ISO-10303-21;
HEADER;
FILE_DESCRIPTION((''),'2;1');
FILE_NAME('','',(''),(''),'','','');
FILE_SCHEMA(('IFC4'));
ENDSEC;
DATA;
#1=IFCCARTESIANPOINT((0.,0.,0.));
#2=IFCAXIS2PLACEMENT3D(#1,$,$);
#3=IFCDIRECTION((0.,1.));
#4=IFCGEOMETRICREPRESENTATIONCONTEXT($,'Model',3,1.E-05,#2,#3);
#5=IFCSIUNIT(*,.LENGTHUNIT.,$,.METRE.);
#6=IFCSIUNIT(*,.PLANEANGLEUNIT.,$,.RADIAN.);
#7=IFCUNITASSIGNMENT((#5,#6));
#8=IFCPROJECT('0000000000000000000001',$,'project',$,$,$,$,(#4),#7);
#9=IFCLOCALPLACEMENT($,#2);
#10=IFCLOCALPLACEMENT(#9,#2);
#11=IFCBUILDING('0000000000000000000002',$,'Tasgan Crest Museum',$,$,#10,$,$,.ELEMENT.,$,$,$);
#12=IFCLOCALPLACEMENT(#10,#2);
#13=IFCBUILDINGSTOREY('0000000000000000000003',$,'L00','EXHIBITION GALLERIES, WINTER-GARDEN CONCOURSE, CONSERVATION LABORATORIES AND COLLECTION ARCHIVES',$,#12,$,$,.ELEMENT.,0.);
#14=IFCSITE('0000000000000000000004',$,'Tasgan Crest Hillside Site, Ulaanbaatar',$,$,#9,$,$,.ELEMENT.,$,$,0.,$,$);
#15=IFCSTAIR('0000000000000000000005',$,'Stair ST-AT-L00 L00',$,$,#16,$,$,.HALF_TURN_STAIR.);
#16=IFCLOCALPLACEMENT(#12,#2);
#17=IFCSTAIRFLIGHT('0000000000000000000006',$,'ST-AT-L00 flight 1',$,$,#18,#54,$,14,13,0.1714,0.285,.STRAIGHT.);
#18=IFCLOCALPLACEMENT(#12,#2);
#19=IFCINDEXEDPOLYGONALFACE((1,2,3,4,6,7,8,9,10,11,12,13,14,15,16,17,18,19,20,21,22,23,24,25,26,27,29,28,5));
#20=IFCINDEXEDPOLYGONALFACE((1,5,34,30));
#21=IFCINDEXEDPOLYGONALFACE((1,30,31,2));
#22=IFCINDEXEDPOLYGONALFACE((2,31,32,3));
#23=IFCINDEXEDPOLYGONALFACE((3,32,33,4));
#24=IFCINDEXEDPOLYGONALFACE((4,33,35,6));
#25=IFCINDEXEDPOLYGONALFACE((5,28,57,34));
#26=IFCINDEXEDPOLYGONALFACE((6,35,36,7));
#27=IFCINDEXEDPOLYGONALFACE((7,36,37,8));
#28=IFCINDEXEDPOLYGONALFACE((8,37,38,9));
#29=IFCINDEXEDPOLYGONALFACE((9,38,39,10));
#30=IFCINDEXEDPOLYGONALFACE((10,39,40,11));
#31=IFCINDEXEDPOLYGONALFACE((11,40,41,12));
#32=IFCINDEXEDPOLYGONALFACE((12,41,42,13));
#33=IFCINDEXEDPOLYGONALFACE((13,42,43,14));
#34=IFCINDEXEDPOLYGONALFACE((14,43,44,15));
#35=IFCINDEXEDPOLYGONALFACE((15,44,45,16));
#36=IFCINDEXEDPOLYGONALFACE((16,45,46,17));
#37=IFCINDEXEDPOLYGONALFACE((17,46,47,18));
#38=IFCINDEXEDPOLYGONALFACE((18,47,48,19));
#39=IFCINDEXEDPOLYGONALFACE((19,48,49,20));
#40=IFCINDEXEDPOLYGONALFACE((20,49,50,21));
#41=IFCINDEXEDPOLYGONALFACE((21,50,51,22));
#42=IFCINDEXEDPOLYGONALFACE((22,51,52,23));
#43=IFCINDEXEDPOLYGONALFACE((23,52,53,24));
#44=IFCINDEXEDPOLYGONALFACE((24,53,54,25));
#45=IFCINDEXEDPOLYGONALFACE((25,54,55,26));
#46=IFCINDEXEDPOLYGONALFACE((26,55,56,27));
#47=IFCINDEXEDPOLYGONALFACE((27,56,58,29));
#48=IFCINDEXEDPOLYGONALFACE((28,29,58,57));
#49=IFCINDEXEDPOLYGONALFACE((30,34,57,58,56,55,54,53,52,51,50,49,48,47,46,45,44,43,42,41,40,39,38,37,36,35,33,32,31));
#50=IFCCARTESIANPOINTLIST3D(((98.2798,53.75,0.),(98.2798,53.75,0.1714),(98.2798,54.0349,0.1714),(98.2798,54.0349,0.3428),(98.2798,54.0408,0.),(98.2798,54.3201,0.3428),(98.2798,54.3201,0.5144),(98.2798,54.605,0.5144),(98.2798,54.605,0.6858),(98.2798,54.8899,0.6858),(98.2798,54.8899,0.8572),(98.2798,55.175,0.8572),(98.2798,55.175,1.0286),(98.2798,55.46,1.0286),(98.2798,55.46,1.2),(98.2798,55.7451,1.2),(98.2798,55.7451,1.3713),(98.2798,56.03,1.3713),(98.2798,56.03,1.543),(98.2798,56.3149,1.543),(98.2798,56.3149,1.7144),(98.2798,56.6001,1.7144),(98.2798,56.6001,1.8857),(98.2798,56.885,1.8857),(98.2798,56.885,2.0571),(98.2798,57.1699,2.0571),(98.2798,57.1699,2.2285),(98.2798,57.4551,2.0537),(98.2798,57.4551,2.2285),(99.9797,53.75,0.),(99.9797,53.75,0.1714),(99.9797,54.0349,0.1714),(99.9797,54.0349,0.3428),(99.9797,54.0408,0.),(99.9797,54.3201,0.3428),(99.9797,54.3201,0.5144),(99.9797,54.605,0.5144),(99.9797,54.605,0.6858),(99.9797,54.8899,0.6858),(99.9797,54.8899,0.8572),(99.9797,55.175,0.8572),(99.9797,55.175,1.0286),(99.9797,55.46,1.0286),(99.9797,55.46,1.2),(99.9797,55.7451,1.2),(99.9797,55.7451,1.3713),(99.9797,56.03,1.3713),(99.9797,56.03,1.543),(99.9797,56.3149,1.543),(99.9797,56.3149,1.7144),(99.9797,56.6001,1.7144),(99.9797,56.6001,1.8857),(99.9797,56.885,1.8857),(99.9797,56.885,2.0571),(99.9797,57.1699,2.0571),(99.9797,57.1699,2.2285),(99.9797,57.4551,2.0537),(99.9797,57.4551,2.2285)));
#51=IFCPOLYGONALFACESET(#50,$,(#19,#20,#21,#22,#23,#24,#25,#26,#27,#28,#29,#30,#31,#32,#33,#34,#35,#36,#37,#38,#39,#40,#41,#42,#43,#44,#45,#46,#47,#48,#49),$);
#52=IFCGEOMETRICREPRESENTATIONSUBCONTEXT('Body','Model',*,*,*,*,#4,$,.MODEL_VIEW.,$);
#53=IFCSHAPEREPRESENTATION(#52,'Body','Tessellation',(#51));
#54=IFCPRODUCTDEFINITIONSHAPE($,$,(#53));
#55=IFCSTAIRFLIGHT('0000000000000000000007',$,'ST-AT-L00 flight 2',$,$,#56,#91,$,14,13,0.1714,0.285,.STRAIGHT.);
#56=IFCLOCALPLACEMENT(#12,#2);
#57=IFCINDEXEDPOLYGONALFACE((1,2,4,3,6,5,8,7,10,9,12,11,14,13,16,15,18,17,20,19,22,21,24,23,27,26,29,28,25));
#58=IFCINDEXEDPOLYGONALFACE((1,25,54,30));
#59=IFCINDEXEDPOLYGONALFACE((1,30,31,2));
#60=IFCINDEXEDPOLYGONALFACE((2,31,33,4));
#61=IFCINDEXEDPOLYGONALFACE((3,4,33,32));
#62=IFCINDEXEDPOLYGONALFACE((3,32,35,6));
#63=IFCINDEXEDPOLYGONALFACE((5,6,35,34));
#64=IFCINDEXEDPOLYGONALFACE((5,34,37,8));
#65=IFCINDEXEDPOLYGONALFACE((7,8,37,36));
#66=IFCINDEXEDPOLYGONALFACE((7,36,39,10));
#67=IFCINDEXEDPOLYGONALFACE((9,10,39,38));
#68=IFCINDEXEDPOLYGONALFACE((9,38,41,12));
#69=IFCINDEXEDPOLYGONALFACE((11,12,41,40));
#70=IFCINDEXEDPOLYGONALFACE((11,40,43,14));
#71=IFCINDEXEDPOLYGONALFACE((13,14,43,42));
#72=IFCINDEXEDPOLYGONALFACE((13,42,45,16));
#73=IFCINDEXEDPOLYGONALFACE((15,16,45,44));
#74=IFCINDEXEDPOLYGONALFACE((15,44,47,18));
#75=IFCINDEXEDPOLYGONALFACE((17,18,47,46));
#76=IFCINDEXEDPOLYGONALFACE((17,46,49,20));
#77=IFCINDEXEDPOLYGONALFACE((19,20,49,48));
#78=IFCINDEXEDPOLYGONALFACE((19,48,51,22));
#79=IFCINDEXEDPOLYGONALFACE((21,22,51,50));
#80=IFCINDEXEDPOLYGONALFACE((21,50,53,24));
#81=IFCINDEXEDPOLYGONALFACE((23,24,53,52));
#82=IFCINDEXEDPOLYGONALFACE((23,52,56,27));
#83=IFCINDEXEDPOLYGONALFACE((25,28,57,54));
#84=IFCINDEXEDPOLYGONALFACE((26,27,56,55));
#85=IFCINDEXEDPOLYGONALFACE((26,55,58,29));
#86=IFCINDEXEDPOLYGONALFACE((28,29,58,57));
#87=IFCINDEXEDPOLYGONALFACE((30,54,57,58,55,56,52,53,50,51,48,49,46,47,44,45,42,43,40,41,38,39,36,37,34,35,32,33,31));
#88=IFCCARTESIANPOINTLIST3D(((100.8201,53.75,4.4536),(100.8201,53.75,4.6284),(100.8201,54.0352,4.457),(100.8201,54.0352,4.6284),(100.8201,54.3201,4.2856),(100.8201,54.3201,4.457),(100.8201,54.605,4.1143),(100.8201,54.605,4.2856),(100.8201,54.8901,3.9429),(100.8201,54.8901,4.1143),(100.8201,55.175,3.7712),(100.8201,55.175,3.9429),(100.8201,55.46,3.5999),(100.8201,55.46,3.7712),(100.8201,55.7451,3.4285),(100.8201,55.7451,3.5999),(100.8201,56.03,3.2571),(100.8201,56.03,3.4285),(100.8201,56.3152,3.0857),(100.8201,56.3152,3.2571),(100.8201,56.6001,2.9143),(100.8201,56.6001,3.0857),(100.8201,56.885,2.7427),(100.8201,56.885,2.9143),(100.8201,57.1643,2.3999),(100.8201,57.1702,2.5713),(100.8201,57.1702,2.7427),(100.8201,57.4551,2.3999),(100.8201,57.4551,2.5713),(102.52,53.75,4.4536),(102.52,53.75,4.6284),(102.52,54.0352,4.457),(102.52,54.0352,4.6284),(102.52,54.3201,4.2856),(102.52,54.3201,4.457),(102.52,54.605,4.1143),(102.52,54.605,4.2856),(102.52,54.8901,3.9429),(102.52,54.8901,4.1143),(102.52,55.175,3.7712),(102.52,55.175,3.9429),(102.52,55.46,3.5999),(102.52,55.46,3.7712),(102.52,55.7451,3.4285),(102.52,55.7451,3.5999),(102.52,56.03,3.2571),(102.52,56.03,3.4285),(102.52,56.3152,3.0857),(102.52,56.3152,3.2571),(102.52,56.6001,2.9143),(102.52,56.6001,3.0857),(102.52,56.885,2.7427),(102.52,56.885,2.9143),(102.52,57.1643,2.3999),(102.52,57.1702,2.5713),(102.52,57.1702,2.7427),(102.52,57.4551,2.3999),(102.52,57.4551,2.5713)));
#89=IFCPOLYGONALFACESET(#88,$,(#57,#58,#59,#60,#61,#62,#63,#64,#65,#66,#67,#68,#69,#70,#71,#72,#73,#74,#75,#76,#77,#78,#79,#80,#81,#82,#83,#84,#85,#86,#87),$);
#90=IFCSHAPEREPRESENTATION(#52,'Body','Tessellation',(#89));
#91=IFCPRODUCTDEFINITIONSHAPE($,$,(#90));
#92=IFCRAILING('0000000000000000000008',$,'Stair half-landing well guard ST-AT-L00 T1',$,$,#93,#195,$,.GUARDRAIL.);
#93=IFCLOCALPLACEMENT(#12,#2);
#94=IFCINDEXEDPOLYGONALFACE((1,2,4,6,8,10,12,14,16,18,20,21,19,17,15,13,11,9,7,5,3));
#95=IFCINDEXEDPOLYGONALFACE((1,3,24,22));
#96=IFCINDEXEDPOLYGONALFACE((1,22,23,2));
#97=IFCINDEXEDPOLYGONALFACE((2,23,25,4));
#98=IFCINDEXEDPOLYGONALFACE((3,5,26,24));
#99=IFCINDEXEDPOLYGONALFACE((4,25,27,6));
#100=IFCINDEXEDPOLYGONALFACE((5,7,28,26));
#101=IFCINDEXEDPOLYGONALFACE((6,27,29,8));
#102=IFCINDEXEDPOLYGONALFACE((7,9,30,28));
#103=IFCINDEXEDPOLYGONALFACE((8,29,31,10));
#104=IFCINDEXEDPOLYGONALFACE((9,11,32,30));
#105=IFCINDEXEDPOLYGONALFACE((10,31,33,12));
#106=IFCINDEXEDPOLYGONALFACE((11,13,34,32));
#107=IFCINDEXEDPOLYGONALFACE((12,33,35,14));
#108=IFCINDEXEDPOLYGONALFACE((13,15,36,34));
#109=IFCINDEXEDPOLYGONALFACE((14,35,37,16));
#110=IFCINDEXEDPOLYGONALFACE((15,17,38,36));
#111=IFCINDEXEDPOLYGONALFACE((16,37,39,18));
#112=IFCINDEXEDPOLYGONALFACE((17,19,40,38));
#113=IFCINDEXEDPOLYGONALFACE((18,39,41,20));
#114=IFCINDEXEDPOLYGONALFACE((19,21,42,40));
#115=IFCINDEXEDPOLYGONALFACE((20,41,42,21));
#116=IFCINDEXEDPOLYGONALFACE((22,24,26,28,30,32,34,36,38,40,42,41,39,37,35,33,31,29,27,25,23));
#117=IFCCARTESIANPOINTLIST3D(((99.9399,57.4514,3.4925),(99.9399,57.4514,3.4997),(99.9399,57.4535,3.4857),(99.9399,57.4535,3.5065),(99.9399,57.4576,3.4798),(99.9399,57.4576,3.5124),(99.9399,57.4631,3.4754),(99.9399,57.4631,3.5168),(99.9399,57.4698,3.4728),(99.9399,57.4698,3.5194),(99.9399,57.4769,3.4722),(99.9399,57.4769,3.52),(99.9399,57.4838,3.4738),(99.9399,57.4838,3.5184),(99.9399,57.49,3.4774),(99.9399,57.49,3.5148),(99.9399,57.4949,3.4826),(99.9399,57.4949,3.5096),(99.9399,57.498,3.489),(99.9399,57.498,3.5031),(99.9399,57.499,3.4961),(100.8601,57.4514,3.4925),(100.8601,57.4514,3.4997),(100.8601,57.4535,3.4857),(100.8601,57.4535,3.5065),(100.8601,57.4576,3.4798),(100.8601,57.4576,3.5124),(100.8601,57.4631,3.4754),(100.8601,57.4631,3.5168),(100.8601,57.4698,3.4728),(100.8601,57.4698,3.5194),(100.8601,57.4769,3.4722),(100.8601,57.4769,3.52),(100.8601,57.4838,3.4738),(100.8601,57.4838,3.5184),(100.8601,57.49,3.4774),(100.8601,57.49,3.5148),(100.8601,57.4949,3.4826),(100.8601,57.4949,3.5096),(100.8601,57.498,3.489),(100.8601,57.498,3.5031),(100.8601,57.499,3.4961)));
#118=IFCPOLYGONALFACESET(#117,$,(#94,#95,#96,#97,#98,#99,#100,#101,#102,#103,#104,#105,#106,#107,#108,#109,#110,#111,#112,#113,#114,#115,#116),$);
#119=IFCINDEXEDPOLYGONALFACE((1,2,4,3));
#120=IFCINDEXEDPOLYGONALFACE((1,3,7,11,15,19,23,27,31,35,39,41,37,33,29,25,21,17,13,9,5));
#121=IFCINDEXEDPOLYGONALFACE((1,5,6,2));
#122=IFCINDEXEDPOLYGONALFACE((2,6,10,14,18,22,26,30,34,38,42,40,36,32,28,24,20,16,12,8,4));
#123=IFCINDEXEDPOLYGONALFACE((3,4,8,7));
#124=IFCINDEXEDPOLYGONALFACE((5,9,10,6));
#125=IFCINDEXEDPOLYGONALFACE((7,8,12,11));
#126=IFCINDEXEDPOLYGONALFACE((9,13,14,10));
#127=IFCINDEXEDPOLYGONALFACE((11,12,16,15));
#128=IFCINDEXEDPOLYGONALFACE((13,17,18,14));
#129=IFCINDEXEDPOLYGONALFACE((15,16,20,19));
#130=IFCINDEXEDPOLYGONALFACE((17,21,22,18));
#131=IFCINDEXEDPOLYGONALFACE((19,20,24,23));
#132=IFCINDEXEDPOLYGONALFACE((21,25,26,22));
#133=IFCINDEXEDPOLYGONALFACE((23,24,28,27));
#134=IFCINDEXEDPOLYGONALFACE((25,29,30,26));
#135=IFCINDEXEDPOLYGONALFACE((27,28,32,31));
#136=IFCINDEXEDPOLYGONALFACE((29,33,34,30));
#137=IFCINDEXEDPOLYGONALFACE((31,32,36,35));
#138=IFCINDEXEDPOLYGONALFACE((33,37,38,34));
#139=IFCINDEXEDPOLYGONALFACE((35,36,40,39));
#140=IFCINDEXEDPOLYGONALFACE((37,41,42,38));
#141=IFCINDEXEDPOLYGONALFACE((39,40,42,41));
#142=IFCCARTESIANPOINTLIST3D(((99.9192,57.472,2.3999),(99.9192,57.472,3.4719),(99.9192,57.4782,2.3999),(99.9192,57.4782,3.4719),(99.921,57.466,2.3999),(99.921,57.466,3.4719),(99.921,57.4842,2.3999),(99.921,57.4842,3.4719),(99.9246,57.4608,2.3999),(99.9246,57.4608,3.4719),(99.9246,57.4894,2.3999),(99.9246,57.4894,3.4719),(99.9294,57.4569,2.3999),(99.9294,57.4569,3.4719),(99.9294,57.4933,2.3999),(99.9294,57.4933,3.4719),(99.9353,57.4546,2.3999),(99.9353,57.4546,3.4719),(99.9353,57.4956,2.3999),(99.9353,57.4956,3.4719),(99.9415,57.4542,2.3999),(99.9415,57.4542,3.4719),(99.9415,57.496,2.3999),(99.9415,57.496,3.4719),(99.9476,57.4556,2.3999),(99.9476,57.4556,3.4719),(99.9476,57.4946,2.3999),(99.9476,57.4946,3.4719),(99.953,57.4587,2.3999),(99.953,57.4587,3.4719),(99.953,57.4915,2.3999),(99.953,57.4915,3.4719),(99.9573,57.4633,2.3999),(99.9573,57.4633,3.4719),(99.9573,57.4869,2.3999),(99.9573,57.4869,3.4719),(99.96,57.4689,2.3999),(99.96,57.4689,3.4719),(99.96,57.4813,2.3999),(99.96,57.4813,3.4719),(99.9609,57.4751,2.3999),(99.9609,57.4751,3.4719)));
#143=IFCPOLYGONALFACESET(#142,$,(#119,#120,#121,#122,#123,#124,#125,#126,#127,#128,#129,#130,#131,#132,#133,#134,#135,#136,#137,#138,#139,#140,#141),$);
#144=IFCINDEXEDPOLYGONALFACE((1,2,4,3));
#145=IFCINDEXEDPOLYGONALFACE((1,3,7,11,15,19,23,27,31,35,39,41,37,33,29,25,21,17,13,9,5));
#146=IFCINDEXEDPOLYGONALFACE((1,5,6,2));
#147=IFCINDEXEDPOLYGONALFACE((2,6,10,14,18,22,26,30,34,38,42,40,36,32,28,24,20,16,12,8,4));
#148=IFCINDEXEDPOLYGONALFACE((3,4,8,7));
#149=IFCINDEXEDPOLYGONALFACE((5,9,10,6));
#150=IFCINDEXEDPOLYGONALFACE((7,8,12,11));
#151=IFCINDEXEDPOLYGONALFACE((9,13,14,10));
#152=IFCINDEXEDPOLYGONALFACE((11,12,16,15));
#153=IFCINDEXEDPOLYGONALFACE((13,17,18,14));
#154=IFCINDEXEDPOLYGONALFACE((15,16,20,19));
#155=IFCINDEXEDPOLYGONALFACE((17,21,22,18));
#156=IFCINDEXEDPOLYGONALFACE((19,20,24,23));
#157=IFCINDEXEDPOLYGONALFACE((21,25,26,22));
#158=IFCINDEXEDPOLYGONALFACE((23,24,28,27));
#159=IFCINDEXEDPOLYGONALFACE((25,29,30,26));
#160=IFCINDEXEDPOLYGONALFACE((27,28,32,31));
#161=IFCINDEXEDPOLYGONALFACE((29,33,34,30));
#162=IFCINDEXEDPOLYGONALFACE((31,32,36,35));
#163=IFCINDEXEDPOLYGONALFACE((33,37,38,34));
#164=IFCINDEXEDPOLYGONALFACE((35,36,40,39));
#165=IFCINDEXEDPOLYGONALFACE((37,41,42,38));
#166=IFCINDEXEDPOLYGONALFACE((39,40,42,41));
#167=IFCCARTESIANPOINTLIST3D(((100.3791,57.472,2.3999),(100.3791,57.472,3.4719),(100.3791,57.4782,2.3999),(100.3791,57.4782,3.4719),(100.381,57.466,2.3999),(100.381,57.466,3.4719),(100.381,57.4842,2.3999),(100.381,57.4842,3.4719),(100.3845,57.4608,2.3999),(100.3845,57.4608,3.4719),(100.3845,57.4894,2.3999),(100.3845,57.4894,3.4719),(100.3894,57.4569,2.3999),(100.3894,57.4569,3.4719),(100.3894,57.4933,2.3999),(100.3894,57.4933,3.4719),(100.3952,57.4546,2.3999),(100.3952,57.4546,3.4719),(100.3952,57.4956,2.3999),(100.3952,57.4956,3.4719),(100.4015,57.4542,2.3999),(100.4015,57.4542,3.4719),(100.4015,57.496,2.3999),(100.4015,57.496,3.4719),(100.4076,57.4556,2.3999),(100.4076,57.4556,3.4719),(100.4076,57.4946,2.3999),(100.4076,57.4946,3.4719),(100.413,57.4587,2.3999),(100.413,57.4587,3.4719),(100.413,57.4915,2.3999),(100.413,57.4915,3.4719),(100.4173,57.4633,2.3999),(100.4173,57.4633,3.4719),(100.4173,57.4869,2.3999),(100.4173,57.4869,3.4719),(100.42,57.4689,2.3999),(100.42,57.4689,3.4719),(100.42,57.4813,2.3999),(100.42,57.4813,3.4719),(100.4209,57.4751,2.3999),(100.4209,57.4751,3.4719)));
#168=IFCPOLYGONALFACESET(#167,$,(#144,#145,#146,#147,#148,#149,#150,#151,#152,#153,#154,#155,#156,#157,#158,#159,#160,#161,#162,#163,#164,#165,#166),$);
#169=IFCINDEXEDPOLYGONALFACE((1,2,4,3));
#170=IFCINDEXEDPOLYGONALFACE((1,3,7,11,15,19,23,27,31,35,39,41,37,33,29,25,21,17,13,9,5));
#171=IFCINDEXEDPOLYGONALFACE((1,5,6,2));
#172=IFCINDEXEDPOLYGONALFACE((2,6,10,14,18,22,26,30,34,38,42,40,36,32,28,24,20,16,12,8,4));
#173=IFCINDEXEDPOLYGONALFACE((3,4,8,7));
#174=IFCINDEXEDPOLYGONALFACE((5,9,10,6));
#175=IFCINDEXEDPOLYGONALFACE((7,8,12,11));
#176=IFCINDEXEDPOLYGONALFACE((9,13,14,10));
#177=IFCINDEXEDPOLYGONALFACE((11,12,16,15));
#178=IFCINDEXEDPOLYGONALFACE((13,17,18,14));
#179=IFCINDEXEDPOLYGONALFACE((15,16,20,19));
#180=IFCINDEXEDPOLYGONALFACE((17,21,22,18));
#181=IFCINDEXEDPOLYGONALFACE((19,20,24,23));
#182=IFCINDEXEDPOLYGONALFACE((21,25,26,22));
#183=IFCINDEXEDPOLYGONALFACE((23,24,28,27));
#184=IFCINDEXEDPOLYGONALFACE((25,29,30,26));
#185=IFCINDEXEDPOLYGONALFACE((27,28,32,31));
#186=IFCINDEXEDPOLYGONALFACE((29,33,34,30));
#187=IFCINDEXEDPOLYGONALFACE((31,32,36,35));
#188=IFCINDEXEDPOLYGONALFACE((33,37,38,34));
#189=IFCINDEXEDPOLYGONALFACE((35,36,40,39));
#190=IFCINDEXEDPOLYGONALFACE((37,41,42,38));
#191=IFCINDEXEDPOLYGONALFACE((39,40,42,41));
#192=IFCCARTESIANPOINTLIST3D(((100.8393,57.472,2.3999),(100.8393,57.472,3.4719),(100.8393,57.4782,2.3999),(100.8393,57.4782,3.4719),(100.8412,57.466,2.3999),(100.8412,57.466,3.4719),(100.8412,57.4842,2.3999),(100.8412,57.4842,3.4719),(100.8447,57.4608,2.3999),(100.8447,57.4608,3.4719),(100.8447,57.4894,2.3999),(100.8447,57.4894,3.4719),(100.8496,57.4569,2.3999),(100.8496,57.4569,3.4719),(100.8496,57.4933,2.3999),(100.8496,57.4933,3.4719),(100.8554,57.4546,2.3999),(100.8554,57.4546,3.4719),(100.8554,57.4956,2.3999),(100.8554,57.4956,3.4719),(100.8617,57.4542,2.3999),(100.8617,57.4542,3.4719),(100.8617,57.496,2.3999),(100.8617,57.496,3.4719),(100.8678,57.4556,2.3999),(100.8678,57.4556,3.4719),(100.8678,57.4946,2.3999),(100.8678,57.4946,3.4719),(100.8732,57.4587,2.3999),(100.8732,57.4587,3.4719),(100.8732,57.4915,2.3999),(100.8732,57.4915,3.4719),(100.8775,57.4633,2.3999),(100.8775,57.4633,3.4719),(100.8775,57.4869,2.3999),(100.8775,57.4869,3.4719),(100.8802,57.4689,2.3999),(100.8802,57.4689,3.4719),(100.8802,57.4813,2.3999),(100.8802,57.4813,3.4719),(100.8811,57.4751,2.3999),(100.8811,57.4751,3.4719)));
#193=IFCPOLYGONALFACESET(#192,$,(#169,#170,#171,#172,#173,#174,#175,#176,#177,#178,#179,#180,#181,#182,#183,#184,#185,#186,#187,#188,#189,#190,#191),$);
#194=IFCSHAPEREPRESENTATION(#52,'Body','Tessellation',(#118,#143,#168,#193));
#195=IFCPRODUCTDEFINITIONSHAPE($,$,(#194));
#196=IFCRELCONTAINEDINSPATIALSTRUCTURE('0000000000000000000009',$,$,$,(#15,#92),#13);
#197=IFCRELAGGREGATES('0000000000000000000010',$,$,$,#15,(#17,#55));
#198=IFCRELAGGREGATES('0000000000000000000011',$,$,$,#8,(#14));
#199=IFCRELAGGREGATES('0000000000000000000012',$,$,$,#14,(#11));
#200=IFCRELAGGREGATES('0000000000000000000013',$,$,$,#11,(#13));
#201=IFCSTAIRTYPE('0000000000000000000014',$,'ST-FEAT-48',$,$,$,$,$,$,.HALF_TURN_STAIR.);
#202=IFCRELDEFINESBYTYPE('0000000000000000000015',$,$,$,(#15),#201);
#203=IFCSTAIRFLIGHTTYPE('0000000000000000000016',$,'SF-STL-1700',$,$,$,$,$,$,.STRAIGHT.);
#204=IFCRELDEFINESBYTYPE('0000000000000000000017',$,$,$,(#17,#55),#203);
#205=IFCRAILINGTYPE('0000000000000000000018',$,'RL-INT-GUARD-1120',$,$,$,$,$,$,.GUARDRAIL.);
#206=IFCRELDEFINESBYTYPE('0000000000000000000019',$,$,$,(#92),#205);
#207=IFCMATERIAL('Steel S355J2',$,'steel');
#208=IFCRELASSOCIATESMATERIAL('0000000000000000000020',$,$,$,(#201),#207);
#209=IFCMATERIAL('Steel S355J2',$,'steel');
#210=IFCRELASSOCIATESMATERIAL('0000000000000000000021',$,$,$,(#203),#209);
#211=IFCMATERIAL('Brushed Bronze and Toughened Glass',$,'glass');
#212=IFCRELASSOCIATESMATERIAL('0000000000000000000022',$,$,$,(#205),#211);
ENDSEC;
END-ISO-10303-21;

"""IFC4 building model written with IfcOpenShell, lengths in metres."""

from ifc_helpers import new_model, si_unit, direction, frame, origin, origin_2d, place, context, subcontext, project, spatial, polyline, circle, outline, extrude, material, type_object, element, aggregate, save


model = new_model("IFC4")

# Units and contexts
model_context = context("Model", 3, precision=1e-05, world=origin(), true_north=direction((0.0, 1.0)))
body_context = subcontext(model_context, "Body", "Model", "MODEL_VIEW")
ifc_project = project(units=[si_unit("LENGTHUNIT", "METRE"), si_unit("PLANEANGLEUNIT", "RADIAN")], contexts=[model_context])

# Site, building, storey
site_placement = place(None, origin())
site = spatial("IfcSite", under=ifc_project, at=site_placement, Name="Tasgan Crest Hillside Site, Ulaanbaatar", CompositionType="ELEMENT", RefElevation=0.0)
building_placement = place(site_placement, origin())
building = spatial("IfcBuilding", under=site, at=building_placement, Name="Tasgan Crest Museum", CompositionType="ELEMENT")
storey_placement = place(building_placement, origin())
storey = spatial("IfcBuildingStorey", under=building, at=storey_placement, Name="L00", Description="EXHIBITION GALLERIES, WINTER-GARDEN CONCOURSE, CONSERVATION LABORATORIES AND COLLECTION ARCHIVES", CompositionType="ELEMENT", Elevation=0.0)

# Stair, stair flights
ifc_material_1 = material(Name="Steel S355J2", Category="steel")
stair_type = type_object("IfcStairType", Name="ST-FEAT-48", PredefinedType="HALF_TURN_STAIR", material=ifc_material_1)
stair_placement = place(storey_placement, origin())
stair = element("IfcStair", 1, at=stair_placement, inside=storey, type_object=stair_type, Name="Stair ST-AT-L00 L00", PredefinedType="HALF_TURN_STAIR")
ifc_material_2 = material(Name="Steel S355J2", Category="steel")
stair_flight_type = type_object("IfcStairFlightType", Name="SF-STL-1700", PredefinedType="STRAIGHT", material=ifc_material_2)
stair_flight_1_placement = place(storey_placement, frame((99.1299, 53.75, 0.0), z_axis=(0.0, 0.0, 1.0), x_axis=(0.0, 1.0, 0.0)))
stair_flight_1 = element("IfcStairFlight", 2, at=stair_flight_1_placement, type_object=stair_flight_type, Name="ST-AT-L00 flight 1", NumberOfRisers=14, NumberOfTreads=13, PredefinedType="STRAIGHT", RiserHeight=0.1714, TreadLength=0.285, context=body_context, shape_type="SweptSolid", body=[
    extrude(outline(polyline([(0.0, 0.0), (0.0, 0.1714), (0.2849, 0.1714), (0.2849, 0.3428), (0.5701, 0.3428), (0.5701, 0.5144), (0.855, 0.5144), (0.855, 0.6858), (1.1399, 0.6858), (1.1399, 0.8572), (1.425, 0.8572), (1.425, 1.0286), (1.71, 1.0286), (1.71, 1.2), (1.9951, 1.2), (1.9951, 1.3713), (2.28, 1.3713), (2.28, 1.543), (2.5649, 1.543), (2.5649, 1.7144), (2.8501, 1.7144), (2.8501, 1.8857), (3.135, 1.8857), (3.135, 2.0571), (3.4199, 2.0571), (3.4199, 2.2285), (3.7051, 2.2285), (3.7051, 2.3999), (3.7051, 2.0537), (0.2908, 0.0), (0.0, 0.0)])), frame((0.0, 0.8501, 0.0), z_axis=(0.0, -1.0, 0.0), x_axis=(1.0, 0.0, 0.0)), (0.0, 0.0, 1.0), 1.7),
])
stair_flight_2_placement = place(storey_placement, frame((101.6699, 57.4551, 2.3999), z_axis=(0.0, 0.0, 1.0), x_axis=(0.0, -1.0, 0.0)))
stair_flight_2 = element("IfcStairFlight", 3, at=stair_flight_2_placement, type_object=stair_flight_type, Name="ST-AT-L00 flight 2", NumberOfRisers=14, NumberOfTreads=13, PredefinedType="STRAIGHT", RiserHeight=0.1714, TreadLength=0.285, context=body_context, shape_type="SweptSolid", body=[
    extrude(outline(polyline([(0.0, 0.0), (0.0, 0.1714), (0.2849, 0.1714), (0.2849, 0.3428), (0.5701, 0.3428), (0.5701, 0.5144), (0.855, 0.5144), (0.855, 0.6858), (1.1399, 0.6858), (1.1399, 0.8572), (1.425, 0.8572), (1.425, 1.0286), (1.71, 1.0286), (1.71, 1.2), (1.9951, 1.2), (1.9951, 1.3713), (2.28, 1.3713), (2.28, 1.543), (2.5649, 1.543), (2.5649, 1.7144), (2.8501, 1.7144), (2.8501, 1.8857), (3.135, 1.8857), (3.135, 2.0571), (3.4199, 2.0571), (3.4199, 2.2285), (3.7051, 2.2285), (3.7051, 2.3999), (3.7051, 2.0537), (0.2908, 0.0), (0.0, 0.0)])), frame((0.0, 0.8501, 0.0), z_axis=(0.0, -1.0, 0.0), x_axis=(1.0, 0.0, 0.0)), (0.0, 0.0, 1.0), 1.7),
])
aggregate(stair, [stair_flight_1, stair_flight_2])

# Railing
ifc_material_3 = material(Name="Brushed Bronze and Toughened Glass", Category="glass")
railing_type_1 = type_object("IfcRailingType", Name="RL-INT-GUARD-1120", PredefinedType="GUARDRAIL", material=ifc_material_3)
railing_1_placement = place(storey_placement, frame((99.9399, 57.4751, 2.3999)))
element("IfcRailing", 4, at=railing_1_placement, inside=storey, type_object=railing_type_1, Name="Stair half-landing well guard ST-AT-L00 T1", PredefinedType="GUARDRAIL", context=body_context, shape_type="SweptSolid", body=[
    extrude(circle(Radius=0.0239, at=origin_2d()), frame((0.0, 0.0, 1.0962), z_axis=(1.0, 0.0, 0.0), x_axis=(0.0, 1.0, 0.0)), (0.0, 0.0, 1.0), 0.9202),
    extrude(circle(Radius=0.021, at=origin_2d()), origin(), (0.0, 0.0, 1.0), 1.072),
    extrude(circle(Radius=0.021, at=origin_2d()), frame((0.46, 0.0, 0.0)), (0.0, 0.0, 1.0), 1.072),
    extrude(circle(Radius=0.021, at=origin_2d()), frame((0.9202, 0.0, 0.0)), (0.0, 0.0, 1.0), 1.072),
])

save(model, "model.ifc")
